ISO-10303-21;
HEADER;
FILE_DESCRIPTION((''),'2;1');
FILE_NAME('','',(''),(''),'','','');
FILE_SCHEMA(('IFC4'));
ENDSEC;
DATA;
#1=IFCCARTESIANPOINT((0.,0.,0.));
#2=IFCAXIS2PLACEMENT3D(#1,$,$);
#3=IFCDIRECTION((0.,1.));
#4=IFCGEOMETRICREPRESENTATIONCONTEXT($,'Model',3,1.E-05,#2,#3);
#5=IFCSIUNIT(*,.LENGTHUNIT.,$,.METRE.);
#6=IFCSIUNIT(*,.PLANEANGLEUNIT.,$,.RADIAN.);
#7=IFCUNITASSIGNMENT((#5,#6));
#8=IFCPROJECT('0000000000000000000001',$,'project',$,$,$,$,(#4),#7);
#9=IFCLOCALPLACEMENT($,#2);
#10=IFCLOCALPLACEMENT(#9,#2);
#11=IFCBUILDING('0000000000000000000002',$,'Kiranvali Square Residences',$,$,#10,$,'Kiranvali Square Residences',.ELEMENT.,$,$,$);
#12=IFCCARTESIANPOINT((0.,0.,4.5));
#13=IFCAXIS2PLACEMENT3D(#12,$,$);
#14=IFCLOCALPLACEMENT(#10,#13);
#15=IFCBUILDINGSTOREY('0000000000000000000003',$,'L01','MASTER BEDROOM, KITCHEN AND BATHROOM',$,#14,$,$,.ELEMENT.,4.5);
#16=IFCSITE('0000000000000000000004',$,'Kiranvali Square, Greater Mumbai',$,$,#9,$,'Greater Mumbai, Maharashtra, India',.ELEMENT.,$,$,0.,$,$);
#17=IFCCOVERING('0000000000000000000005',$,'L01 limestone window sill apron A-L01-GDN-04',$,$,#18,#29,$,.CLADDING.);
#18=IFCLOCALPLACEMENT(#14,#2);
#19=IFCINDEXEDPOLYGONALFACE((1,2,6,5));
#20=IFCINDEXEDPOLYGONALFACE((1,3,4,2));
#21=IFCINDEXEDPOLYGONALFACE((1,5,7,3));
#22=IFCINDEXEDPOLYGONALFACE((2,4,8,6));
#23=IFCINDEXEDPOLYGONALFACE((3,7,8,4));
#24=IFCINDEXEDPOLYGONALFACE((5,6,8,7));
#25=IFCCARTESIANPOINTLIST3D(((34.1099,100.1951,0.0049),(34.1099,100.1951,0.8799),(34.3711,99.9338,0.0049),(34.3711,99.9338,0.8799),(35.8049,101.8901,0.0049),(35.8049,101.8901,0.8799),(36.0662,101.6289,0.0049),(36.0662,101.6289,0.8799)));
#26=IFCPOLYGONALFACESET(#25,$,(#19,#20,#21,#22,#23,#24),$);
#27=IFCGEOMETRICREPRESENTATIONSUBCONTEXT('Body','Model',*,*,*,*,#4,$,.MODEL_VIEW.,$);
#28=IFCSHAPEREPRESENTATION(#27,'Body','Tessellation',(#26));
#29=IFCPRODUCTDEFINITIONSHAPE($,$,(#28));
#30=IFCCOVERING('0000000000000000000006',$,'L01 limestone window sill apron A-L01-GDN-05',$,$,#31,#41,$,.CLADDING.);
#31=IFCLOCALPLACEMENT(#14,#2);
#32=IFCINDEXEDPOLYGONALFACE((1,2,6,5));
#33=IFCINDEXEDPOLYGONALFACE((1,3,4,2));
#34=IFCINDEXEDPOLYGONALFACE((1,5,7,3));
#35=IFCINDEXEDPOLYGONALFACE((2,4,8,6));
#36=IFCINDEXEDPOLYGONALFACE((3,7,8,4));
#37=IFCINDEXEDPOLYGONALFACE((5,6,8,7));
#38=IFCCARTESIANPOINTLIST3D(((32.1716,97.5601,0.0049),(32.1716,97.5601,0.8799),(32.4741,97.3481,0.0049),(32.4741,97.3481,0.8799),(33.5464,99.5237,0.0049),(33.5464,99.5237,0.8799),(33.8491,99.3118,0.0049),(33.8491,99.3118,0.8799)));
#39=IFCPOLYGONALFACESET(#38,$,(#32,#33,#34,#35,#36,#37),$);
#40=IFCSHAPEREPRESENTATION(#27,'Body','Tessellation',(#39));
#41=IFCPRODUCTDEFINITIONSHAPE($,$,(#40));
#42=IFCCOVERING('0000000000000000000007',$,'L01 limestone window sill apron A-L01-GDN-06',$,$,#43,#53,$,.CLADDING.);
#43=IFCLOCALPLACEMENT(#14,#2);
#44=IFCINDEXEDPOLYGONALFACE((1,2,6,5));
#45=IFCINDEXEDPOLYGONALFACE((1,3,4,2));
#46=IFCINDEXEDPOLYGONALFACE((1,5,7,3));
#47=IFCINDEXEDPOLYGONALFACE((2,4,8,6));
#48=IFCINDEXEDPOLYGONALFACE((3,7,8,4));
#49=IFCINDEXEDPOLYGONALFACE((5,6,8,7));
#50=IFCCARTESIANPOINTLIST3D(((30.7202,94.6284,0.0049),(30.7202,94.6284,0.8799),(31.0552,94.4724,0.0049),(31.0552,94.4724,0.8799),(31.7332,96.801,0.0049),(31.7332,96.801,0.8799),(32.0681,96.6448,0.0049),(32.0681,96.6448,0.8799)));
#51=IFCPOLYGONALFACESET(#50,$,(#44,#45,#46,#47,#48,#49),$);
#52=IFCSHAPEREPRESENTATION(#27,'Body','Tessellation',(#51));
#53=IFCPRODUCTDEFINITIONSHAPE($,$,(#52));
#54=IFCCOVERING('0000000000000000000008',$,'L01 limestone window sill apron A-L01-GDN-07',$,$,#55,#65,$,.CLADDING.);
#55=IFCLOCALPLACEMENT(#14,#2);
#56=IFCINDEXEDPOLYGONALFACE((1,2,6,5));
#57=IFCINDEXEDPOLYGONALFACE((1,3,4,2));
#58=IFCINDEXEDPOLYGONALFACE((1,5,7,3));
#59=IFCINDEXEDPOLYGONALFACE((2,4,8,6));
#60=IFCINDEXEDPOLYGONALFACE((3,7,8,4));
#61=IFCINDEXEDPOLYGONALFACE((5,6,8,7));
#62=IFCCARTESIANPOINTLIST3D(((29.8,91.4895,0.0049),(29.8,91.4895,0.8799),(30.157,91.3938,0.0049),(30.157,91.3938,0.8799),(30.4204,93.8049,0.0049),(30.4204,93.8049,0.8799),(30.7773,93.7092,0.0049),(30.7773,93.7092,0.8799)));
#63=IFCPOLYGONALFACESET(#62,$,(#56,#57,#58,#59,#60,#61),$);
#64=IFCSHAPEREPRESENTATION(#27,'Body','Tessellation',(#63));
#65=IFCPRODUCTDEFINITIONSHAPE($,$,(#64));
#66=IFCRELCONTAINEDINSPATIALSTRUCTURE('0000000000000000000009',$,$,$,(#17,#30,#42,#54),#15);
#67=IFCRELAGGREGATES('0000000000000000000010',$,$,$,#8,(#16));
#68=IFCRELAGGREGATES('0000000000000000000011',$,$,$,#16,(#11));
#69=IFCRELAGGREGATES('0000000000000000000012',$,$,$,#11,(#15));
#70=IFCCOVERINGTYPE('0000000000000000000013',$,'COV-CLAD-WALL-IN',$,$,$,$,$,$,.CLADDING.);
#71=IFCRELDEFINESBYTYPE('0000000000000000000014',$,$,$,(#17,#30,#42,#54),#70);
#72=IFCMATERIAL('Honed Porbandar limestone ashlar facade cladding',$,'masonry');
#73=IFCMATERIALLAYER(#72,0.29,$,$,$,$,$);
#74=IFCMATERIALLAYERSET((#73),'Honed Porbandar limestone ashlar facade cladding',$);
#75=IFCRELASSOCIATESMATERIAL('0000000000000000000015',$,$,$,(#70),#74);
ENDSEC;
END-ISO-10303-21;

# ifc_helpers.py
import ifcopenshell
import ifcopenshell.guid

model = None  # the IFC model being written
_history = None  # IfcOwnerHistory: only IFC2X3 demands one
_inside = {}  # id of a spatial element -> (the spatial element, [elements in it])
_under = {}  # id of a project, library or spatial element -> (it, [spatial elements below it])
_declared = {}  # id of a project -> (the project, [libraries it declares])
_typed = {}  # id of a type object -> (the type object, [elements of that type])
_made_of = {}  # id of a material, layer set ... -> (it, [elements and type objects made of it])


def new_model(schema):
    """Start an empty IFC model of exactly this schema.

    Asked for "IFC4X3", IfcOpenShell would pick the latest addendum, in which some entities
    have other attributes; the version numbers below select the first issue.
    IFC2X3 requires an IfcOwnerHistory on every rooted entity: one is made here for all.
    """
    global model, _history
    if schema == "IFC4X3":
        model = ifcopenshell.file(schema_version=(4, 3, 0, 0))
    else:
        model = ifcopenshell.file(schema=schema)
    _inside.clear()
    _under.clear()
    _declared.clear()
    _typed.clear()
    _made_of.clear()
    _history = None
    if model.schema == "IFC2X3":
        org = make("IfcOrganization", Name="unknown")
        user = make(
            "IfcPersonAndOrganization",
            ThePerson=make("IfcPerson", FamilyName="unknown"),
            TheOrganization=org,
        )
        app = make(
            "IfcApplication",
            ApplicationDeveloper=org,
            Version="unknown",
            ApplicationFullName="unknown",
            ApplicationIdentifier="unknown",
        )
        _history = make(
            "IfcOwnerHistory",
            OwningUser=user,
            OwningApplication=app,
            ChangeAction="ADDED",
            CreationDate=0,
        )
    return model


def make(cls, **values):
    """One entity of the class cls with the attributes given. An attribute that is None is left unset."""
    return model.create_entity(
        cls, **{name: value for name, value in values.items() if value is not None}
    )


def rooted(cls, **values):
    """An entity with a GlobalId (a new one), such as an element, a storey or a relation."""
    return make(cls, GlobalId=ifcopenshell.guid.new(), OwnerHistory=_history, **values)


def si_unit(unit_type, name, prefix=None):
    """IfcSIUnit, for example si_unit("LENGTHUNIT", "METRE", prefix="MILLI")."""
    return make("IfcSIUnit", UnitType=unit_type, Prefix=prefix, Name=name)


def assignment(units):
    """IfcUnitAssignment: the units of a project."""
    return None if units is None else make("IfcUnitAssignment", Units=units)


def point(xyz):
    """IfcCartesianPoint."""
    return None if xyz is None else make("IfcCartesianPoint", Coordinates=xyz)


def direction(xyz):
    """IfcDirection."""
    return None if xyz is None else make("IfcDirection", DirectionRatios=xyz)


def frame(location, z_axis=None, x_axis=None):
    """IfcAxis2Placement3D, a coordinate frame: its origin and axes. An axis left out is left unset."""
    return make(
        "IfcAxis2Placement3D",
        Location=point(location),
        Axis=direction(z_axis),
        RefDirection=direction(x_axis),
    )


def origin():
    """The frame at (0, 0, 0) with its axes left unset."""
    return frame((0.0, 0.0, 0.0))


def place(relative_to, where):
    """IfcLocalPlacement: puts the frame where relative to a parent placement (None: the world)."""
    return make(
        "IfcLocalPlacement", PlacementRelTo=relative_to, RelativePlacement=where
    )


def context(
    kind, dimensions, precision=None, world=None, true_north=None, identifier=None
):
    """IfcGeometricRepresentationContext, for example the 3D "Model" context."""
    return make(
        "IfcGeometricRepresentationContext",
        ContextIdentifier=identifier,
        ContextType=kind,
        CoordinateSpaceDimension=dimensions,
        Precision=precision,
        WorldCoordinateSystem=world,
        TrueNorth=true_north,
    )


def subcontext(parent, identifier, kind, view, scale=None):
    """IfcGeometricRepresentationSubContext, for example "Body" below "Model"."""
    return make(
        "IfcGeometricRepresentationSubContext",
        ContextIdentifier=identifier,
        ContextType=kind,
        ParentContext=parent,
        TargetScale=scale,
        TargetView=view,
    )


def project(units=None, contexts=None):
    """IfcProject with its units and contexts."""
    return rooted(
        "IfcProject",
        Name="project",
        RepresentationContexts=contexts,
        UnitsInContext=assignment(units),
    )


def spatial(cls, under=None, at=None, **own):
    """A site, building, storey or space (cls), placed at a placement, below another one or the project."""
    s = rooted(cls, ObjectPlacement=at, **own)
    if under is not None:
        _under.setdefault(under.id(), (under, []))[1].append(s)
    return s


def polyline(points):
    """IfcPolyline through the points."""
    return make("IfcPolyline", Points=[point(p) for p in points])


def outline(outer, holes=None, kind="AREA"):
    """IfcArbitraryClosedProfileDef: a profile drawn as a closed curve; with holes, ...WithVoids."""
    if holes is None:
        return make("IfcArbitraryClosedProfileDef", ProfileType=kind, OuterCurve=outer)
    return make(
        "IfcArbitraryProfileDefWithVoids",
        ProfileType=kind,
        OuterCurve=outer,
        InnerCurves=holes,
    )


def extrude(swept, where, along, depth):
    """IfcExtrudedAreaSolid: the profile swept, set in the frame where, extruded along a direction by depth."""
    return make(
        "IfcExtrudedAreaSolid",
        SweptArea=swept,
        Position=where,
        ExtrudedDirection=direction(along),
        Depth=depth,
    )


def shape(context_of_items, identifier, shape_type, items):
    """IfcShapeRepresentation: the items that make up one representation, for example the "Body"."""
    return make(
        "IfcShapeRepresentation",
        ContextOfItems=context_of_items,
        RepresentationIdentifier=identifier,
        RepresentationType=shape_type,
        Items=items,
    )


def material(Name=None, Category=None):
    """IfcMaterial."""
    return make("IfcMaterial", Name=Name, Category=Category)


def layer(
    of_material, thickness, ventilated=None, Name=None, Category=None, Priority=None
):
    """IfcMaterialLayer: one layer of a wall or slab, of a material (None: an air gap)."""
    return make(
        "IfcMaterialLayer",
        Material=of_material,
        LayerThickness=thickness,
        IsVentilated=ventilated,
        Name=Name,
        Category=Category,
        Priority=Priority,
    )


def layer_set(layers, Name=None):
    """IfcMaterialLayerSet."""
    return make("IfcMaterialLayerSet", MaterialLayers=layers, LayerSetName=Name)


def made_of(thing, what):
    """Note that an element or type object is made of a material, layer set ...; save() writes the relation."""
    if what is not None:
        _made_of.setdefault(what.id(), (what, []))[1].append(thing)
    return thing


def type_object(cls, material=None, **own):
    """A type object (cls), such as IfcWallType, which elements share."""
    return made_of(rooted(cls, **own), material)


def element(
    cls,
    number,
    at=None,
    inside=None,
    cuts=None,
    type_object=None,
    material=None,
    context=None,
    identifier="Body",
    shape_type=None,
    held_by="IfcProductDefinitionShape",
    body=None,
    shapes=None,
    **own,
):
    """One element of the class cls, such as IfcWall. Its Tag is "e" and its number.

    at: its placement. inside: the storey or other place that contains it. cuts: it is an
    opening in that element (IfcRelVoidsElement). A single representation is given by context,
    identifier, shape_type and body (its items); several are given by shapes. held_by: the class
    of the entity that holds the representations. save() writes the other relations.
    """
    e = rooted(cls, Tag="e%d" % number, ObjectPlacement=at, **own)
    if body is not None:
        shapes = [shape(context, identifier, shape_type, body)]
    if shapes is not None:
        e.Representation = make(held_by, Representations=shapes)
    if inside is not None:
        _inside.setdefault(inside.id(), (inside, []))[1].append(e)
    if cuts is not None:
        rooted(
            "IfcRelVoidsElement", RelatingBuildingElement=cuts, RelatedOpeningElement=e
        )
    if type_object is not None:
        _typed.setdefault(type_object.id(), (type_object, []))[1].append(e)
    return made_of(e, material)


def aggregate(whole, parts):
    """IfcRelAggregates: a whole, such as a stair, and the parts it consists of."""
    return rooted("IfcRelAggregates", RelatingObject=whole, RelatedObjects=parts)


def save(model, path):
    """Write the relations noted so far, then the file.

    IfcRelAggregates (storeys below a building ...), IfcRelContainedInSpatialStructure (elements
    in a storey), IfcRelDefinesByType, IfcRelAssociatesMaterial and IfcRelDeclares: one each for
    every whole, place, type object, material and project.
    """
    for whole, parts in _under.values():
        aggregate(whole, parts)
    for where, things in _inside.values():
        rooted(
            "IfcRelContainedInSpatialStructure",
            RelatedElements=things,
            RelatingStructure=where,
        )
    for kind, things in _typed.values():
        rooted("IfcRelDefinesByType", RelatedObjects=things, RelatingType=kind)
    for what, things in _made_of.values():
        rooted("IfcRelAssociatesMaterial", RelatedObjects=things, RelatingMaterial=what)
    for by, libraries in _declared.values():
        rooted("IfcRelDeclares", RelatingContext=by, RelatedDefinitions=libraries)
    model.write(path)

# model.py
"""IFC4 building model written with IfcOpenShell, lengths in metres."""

from ifc_helpers import new_model, si_unit, direction, frame, origin, place, context, subcontext, project, spatial, polyline, outline, extrude, material, layer, layer_set, type_object, element, save


model = new_model("IFC4")

# Units and contexts
model_context = context("Model", 3, precision=1e-05, world=origin(), true_north=direction((0.0, 1.0)))
body_context = subcontext(model_context, "Body", "Model", "MODEL_VIEW")
ifc_project = project(units=[si_unit("LENGTHUNIT", "METRE"), si_unit("PLANEANGLEUNIT", "RADIAN")], contexts=[model_context])

# Site, building, storey
site_placement = place(None, origin())
site = spatial("IfcSite", under=ifc_project, at=site_placement, Name="Kiranvali Square, Greater Mumbai", LongName="Greater Mumbai, Maharashtra, India", CompositionType="ELEMENT", RefElevation=0.0)
building_placement = place(site_placement, origin())
building = spatial("IfcBuilding", under=site, at=building_placement, Name="Kiranvali Square Residences", LongName="Kiranvali Square Residences", CompositionType="ELEMENT")
storey_placement = place(building_placement, frame((0.0, 0.0, 4.5)))
storey = spatial("IfcBuildingStorey", under=building, at=storey_placement, Name="L01", Description="MASTER BEDROOM, KITCHEN AND BATHROOM", CompositionType="ELEMENT", Elevation=4.5)

# Coverings
ifc_material_1 = material(Name="Honed Porbandar limestone ashlar facade cladding", Category="masonry")
ifc_layer_1 = layer(ifc_material_1, 0.29)
ifc_layer_set_1 = layer_set([ifc_layer_1], Name="Honed Porbandar limestone ashlar facade cladding")
covering_type_1 = type_object("IfcCoveringType", Name="COV-CLAD-WALL-IN", PredefinedType="CLADDING", material=ifc_layer_set_1)
covering_1_placement = place(storey_placement, frame((0.0, 0.0, 0.0049)))
element("IfcCovering", 1, at=covering_1_placement, inside=storey, type_object=covering_type_1, Name="L01 limestone window sill apron A-L01-GDN-04", PredefinedType="CLADDING", context=body_context, shape_type="SweptSolid", body=[
    extrude(outline(polyline([(35.8049, 101.8901), (34.1099, 100.1951), (34.3711, 99.9338), (36.0662, 101.6289), (35.8049, 101.8901)])), origin(), (0.0, 0.0, 1.0), 0.875),
])
covering_2_placement = place(storey_placement, frame((0.0, 0.0, 0.0049)))
element("IfcCovering", 2, at=covering_2_placement, inside=storey, type_object=covering_type_1, Name="L01 limestone window sill apron A-L01-GDN-05", PredefinedType="CLADDING", context=body_context, shape_type="SweptSolid", body=[
    extrude(outline(polyline([(33.5464, 99.5237), (32.1716, 97.5601), (32.4741, 97.3481), (33.8491, 99.3118), (33.5464, 99.5237)])), origin(), (0.0, 0.0, 1.0), 0.875),
])
covering_3_placement = place(storey_placement, frame((0.0, 0.0, 0.0049)))
element("IfcCovering", 3, at=covering_3_placement, inside=storey, type_object=covering_type_1, Name="L01 limestone window sill apron A-L01-GDN-06", PredefinedType="CLADDING", context=body_context, shape_type="SweptSolid", body=[
    extrude(outline(polyline([(31.7332, 96.801), (30.7202, 94.6284), (31.0552, 94.4724), (32.0681, 96.6448), (31.7332, 96.801)])), origin(), (0.0, 0.0, 1.0), 0.875),
])
covering_4_placement = place(storey_placement, frame((0.0, 0.0, 0.0049)))
element("IfcCovering", 4, at=covering_4_placement, inside=storey, type_object=covering_type_1, Name="L01 limestone window sill apron A-L01-GDN-07", PredefinedType="CLADDING", context=body_context, shape_type="SweptSolid", body=[
    extrude(outline(polyline([(30.4204, 93.8049), (29.8, 91.4895), (30.157, 91.3938), (30.7773, 93.7092), (30.4204, 93.8049)])), origin(), (0.0, 0.0, 1.0), 0.875),
])

save(model, "model.ifc")
